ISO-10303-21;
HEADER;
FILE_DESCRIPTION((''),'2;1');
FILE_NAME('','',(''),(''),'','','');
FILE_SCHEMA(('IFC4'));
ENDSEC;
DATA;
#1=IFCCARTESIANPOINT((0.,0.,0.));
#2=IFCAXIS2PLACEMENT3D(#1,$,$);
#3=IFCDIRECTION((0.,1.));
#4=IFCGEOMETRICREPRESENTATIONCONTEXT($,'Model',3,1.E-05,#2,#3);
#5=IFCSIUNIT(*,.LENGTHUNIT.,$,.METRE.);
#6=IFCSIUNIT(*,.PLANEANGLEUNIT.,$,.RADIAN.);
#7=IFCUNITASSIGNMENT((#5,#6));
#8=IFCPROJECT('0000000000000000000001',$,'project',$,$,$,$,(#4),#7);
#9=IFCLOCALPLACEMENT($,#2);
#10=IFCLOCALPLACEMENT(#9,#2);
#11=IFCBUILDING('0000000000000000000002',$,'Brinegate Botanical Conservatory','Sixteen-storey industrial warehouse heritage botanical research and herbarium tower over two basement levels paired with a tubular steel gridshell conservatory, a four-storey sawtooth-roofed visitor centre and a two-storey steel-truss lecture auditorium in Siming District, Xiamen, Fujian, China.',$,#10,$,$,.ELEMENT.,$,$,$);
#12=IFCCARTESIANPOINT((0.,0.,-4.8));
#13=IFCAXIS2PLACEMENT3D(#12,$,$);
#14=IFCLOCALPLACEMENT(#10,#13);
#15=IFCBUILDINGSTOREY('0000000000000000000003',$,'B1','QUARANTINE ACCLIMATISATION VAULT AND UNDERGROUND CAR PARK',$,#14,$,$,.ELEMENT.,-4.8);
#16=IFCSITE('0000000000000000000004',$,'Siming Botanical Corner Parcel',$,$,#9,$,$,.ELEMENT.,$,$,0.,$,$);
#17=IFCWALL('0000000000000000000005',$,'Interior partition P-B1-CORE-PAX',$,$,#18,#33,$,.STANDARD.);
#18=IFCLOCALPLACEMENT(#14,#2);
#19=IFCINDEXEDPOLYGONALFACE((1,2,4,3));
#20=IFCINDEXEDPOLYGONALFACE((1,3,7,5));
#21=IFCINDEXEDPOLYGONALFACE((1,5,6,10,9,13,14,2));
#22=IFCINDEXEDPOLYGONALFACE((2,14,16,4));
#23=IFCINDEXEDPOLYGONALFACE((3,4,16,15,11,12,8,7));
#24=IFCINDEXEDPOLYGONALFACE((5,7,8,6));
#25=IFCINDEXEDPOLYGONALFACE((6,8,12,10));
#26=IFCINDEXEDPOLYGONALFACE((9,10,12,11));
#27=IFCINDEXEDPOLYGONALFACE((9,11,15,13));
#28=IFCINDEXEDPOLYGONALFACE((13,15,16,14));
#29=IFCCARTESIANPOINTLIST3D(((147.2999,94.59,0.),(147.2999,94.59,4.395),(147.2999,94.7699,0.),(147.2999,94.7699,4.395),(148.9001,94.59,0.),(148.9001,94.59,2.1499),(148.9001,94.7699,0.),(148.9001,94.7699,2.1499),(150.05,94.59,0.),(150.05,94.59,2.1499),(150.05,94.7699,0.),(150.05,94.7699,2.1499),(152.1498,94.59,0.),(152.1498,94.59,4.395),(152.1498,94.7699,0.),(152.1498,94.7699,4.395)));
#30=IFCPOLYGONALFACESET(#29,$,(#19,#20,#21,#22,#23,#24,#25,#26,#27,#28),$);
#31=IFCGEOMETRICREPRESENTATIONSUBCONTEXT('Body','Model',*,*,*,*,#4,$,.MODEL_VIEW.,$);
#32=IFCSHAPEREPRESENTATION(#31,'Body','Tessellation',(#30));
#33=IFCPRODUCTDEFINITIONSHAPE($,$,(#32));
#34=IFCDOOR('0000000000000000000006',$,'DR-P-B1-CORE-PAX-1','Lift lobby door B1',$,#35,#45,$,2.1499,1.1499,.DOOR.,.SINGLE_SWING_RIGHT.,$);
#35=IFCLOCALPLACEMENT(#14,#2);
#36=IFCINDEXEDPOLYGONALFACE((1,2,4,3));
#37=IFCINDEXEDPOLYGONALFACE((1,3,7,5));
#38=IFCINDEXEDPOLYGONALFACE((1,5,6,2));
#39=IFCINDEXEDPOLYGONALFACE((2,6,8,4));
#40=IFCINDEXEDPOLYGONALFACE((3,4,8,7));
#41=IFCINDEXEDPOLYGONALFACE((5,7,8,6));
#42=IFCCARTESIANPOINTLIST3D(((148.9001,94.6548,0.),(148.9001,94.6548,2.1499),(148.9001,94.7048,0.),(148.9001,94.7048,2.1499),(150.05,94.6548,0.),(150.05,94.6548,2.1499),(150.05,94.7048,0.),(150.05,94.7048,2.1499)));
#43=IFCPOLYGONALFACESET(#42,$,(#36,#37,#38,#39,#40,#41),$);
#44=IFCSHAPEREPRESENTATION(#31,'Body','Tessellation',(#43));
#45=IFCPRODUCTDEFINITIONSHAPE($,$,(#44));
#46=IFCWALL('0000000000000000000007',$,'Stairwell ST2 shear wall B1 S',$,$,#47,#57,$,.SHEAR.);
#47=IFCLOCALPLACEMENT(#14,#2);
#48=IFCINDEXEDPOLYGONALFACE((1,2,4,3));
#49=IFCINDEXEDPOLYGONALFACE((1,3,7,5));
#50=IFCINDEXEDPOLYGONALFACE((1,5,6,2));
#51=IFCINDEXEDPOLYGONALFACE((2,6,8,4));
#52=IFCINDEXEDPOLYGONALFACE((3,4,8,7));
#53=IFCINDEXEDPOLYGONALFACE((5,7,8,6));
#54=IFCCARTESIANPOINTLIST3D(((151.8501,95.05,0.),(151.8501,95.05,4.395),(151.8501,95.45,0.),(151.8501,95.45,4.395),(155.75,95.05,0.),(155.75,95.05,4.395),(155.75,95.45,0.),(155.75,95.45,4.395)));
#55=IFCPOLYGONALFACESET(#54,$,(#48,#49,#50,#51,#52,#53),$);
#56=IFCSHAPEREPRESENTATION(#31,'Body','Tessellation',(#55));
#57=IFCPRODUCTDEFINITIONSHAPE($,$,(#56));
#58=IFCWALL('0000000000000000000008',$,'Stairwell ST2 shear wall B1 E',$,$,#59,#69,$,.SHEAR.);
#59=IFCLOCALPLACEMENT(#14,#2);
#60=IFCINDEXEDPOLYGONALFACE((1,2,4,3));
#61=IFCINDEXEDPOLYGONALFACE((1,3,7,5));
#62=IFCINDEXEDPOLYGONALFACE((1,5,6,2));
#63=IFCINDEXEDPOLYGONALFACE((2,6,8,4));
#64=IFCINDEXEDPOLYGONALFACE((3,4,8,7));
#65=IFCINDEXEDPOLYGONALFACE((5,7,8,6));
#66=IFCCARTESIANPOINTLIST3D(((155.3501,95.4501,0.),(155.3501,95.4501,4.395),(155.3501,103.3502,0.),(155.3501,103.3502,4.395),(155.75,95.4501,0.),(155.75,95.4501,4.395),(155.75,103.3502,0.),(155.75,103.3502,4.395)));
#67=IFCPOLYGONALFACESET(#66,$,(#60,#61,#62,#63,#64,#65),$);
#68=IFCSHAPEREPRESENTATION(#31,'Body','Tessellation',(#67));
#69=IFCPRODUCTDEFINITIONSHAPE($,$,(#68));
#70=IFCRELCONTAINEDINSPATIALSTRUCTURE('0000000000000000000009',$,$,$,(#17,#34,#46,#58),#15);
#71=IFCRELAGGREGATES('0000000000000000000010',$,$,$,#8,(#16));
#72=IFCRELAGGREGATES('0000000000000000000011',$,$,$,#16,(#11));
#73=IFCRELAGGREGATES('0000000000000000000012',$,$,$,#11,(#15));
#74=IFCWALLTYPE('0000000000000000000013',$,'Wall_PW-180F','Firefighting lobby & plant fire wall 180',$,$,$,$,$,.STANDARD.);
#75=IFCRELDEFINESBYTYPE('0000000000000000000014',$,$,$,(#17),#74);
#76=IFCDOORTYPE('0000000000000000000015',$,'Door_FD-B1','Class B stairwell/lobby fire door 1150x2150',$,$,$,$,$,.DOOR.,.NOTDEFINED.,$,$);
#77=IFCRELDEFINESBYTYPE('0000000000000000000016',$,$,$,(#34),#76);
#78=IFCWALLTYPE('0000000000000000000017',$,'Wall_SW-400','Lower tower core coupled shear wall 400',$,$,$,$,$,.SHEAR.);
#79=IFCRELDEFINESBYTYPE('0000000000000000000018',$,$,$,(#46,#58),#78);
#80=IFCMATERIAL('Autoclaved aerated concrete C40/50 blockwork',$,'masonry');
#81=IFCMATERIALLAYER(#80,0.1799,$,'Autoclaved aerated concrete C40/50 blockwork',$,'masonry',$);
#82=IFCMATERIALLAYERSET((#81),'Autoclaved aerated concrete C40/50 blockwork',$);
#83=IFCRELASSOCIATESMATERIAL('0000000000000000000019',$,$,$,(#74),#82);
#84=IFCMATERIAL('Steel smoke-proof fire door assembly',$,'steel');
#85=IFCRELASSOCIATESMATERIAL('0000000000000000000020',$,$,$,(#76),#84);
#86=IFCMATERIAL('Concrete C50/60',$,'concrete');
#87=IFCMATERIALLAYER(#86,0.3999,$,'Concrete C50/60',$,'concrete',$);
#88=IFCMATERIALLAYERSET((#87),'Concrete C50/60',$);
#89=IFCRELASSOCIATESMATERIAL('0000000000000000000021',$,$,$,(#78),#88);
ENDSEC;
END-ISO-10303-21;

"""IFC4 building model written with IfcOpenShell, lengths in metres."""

from ifc_helpers import new_model, si_unit, direction, frame, frame_2d, origin, place, context, subcontext, project, spatial, rectangle, extrude, material, layer, layer_set, type_object, element, fill, save


model = new_model("IFC4")

# Units and contexts
model_context = context("Model", 3, precision=1e-05, world=origin(), true_north=direction((0.0, 1.0)))
body_context = subcontext(model_context, "Body", "Model", "MODEL_VIEW")
ifc_project = project(units=[si_unit("LENGTHUNIT", "METRE"), si_unit("PLANEANGLEUNIT", "RADIAN")], contexts=[model_context])

# Site, building, storey
site_placement = place(None, origin())
site = spatial("IfcSite", under=ifc_project, at=site_placement, Name="Siming Botanical Corner Parcel", CompositionType="ELEMENT", RefElevation=0.0)
building_placement = place(site_placement, origin())
building = spatial("IfcBuilding", under=site, at=building_placement, Name="Brinegate Botanical Conservatory", Description="Sixteen-storey industrial warehouse heritage botanical research and herbarium tower over two basement levels paired with a tubular steel gridshell conservatory, a four-storey sawtooth-roofed visitor centre and a two-storey steel-truss lecture auditorium in Siming District, Xiamen, Fujian, China.", CompositionType="ELEMENT")
storey_placement = place(building_placement, frame((0.0, 0.0, -4.8)))
storey = spatial("IfcBuildingStorey", under=building, at=storey_placement, Name="B1", Description="QUARANTINE ACCLIMATISATION VAULT AND UNDERGROUND CAR PARK", CompositionType="ELEMENT", Elevation=-4.8)

# Shared definitions
ifc_material_1 = material(Name="Concrete C50/60", Category="concrete")

# Wall, opening, door
ifc_material_2 = material(Name="Autoclaved aerated concrete C40/50 blockwork", Category="masonry")
ifc_layer_1 = layer(ifc_material_2, 0.1799, Name="Autoclaved aerated concrete C40/50 blockwork", Category="masonry")
ifc_layer_set_1 = layer_set([ifc_layer_1], Name="Autoclaved aerated concrete C40/50 blockwork")
wall_type_1 = type_object("IfcWallType", Name="Wall_PW-180F", Description="Firefighting lobby & plant fire wall 180", PredefinedType="STANDARD", material=ifc_layer_set_1)
wall_1_placement = place(storey_placement, frame((147.3, 94.6799, 0.0), z_axis=(0.0, 0.0, 1.0), x_axis=(1.0, 0.0, 0.0)))
wall_1 = element("IfcWall", 1, at=wall_1_placement, inside=storey, type_object=wall_type_1, Name="Interior partition P-B1-CORE-PAX", PredefinedType="STANDARD", context=body_context, shape_type="SweptSolid", body=[
    extrude(rectangle(XDim=4.8499, YDim=0.1799, at=frame_2d((2.4248, 0.0))), origin(), (0.0, 0.0, 1.0), 4.395),
])
opening_1_placement = place(wall_1_placement, frame((1.6001, 0.0, 0.0)))
opening_1 = element("IfcOpeningElement", 2, at=opening_1_placement, cuts=wall_1, PredefinedType="OPENING", context=body_context, shape_type="SweptSolid", body=[
    extrude(rectangle(XDim=1.1499, YDim=2.1499, at=frame_2d((0.575, 1.075))), frame((0.0, 0.0999, 0.0), z_axis=(0.0, -1.0, 0.0), x_axis=(1.0, 0.0, 0.0)), (0.0, 0.0, 1.0), 0.2),
])
ifc_material_3 = material(Name="Steel smoke-proof fire door assembly", Category="steel")
door_type_1 = type_object("IfcDoorType", Name="Door_FD-B1", Description="Class B stairwell/lobby fire door 1150x2150", OperationType="NOTDEFINED", PredefinedType="DOOR", material=ifc_material_3)
door_1_placement = place(opening_1_placement, origin())
door_1 = element("IfcDoor", 3, at=door_1_placement, inside=storey, type_object=door_type_1, Name="DR-P-B1-CORE-PAX-1", Description="Lift lobby door B1", OperationType="SINGLE_SWING_RIGHT", OverallHeight=2.1499, OverallWidth=1.1499, PredefinedType="DOOR", context=body_context, shape_type="SweptSolid", body=[
    extrude(rectangle(XDim=1.1499, YDim=2.1499, at=frame_2d((0.575, 1.075))), frame((0.0, 0.0249, 0.0), z_axis=(0.0, -1.0, 0.0), x_axis=(1.0, 0.0, 0.0)), (0.0, 0.0, 1.0), 0.05),
])
fill(opening_1, door_1)
ifc_layer_2 = layer(ifc_material_1, 0.3999, Name="Concrete C50/60", Category="concrete")
ifc_layer_set_2 = layer_set([ifc_layer_2], Name="Concrete C50/60")
wall_type_2 = type_object("IfcWallType", Name="Wall_SW-400", Description="Lower tower core coupled shear wall 400", PredefinedType="SHEAR", material=ifc_layer_set_2)

# Wall
wall_2_placement = place(storey_placement, frame((151.8501, 95.25, 0.0), z_axis=(0.0, 0.0, 1.0), x_axis=(1.0, 0.0, 0.0)))
element("IfcWall", 4, at=wall_2_placement, inside=storey, type_object=wall_type_2, Name="Stairwell ST2 shear wall B1 S", PredefinedType="SHEAR", context=body_context, shape_type="SweptSolid", body=[
    extrude(rectangle(XDim=3.8999, YDim=0.3999, at=frame_2d((1.95, 0.0))), origin(), (0.0, 0.0, 1.0), 4.395),
])

# Wall
wall_3_placement = place(storey_placement, frame((155.55, 95.45, 0.0), z_axis=(0.0, 0.0, 1.0), x_axis=(0.0, 1.0, 0.0)))
element("IfcWall", 5, at=wall_3_placement, inside=storey, type_object=wall_type_2, Name="Stairwell ST2 shear wall B1 E", PredefinedType="SHEAR", context=body_context, shape_type="SweptSolid", body=[
    extrude(rectangle(XDim=7.9001, YDim=0.3999, at=frame_2d((3.9502, 0.0))), origin(), (0.0, 0.0, 1.0), 4.395),
])

save(model, "model.ifc")
